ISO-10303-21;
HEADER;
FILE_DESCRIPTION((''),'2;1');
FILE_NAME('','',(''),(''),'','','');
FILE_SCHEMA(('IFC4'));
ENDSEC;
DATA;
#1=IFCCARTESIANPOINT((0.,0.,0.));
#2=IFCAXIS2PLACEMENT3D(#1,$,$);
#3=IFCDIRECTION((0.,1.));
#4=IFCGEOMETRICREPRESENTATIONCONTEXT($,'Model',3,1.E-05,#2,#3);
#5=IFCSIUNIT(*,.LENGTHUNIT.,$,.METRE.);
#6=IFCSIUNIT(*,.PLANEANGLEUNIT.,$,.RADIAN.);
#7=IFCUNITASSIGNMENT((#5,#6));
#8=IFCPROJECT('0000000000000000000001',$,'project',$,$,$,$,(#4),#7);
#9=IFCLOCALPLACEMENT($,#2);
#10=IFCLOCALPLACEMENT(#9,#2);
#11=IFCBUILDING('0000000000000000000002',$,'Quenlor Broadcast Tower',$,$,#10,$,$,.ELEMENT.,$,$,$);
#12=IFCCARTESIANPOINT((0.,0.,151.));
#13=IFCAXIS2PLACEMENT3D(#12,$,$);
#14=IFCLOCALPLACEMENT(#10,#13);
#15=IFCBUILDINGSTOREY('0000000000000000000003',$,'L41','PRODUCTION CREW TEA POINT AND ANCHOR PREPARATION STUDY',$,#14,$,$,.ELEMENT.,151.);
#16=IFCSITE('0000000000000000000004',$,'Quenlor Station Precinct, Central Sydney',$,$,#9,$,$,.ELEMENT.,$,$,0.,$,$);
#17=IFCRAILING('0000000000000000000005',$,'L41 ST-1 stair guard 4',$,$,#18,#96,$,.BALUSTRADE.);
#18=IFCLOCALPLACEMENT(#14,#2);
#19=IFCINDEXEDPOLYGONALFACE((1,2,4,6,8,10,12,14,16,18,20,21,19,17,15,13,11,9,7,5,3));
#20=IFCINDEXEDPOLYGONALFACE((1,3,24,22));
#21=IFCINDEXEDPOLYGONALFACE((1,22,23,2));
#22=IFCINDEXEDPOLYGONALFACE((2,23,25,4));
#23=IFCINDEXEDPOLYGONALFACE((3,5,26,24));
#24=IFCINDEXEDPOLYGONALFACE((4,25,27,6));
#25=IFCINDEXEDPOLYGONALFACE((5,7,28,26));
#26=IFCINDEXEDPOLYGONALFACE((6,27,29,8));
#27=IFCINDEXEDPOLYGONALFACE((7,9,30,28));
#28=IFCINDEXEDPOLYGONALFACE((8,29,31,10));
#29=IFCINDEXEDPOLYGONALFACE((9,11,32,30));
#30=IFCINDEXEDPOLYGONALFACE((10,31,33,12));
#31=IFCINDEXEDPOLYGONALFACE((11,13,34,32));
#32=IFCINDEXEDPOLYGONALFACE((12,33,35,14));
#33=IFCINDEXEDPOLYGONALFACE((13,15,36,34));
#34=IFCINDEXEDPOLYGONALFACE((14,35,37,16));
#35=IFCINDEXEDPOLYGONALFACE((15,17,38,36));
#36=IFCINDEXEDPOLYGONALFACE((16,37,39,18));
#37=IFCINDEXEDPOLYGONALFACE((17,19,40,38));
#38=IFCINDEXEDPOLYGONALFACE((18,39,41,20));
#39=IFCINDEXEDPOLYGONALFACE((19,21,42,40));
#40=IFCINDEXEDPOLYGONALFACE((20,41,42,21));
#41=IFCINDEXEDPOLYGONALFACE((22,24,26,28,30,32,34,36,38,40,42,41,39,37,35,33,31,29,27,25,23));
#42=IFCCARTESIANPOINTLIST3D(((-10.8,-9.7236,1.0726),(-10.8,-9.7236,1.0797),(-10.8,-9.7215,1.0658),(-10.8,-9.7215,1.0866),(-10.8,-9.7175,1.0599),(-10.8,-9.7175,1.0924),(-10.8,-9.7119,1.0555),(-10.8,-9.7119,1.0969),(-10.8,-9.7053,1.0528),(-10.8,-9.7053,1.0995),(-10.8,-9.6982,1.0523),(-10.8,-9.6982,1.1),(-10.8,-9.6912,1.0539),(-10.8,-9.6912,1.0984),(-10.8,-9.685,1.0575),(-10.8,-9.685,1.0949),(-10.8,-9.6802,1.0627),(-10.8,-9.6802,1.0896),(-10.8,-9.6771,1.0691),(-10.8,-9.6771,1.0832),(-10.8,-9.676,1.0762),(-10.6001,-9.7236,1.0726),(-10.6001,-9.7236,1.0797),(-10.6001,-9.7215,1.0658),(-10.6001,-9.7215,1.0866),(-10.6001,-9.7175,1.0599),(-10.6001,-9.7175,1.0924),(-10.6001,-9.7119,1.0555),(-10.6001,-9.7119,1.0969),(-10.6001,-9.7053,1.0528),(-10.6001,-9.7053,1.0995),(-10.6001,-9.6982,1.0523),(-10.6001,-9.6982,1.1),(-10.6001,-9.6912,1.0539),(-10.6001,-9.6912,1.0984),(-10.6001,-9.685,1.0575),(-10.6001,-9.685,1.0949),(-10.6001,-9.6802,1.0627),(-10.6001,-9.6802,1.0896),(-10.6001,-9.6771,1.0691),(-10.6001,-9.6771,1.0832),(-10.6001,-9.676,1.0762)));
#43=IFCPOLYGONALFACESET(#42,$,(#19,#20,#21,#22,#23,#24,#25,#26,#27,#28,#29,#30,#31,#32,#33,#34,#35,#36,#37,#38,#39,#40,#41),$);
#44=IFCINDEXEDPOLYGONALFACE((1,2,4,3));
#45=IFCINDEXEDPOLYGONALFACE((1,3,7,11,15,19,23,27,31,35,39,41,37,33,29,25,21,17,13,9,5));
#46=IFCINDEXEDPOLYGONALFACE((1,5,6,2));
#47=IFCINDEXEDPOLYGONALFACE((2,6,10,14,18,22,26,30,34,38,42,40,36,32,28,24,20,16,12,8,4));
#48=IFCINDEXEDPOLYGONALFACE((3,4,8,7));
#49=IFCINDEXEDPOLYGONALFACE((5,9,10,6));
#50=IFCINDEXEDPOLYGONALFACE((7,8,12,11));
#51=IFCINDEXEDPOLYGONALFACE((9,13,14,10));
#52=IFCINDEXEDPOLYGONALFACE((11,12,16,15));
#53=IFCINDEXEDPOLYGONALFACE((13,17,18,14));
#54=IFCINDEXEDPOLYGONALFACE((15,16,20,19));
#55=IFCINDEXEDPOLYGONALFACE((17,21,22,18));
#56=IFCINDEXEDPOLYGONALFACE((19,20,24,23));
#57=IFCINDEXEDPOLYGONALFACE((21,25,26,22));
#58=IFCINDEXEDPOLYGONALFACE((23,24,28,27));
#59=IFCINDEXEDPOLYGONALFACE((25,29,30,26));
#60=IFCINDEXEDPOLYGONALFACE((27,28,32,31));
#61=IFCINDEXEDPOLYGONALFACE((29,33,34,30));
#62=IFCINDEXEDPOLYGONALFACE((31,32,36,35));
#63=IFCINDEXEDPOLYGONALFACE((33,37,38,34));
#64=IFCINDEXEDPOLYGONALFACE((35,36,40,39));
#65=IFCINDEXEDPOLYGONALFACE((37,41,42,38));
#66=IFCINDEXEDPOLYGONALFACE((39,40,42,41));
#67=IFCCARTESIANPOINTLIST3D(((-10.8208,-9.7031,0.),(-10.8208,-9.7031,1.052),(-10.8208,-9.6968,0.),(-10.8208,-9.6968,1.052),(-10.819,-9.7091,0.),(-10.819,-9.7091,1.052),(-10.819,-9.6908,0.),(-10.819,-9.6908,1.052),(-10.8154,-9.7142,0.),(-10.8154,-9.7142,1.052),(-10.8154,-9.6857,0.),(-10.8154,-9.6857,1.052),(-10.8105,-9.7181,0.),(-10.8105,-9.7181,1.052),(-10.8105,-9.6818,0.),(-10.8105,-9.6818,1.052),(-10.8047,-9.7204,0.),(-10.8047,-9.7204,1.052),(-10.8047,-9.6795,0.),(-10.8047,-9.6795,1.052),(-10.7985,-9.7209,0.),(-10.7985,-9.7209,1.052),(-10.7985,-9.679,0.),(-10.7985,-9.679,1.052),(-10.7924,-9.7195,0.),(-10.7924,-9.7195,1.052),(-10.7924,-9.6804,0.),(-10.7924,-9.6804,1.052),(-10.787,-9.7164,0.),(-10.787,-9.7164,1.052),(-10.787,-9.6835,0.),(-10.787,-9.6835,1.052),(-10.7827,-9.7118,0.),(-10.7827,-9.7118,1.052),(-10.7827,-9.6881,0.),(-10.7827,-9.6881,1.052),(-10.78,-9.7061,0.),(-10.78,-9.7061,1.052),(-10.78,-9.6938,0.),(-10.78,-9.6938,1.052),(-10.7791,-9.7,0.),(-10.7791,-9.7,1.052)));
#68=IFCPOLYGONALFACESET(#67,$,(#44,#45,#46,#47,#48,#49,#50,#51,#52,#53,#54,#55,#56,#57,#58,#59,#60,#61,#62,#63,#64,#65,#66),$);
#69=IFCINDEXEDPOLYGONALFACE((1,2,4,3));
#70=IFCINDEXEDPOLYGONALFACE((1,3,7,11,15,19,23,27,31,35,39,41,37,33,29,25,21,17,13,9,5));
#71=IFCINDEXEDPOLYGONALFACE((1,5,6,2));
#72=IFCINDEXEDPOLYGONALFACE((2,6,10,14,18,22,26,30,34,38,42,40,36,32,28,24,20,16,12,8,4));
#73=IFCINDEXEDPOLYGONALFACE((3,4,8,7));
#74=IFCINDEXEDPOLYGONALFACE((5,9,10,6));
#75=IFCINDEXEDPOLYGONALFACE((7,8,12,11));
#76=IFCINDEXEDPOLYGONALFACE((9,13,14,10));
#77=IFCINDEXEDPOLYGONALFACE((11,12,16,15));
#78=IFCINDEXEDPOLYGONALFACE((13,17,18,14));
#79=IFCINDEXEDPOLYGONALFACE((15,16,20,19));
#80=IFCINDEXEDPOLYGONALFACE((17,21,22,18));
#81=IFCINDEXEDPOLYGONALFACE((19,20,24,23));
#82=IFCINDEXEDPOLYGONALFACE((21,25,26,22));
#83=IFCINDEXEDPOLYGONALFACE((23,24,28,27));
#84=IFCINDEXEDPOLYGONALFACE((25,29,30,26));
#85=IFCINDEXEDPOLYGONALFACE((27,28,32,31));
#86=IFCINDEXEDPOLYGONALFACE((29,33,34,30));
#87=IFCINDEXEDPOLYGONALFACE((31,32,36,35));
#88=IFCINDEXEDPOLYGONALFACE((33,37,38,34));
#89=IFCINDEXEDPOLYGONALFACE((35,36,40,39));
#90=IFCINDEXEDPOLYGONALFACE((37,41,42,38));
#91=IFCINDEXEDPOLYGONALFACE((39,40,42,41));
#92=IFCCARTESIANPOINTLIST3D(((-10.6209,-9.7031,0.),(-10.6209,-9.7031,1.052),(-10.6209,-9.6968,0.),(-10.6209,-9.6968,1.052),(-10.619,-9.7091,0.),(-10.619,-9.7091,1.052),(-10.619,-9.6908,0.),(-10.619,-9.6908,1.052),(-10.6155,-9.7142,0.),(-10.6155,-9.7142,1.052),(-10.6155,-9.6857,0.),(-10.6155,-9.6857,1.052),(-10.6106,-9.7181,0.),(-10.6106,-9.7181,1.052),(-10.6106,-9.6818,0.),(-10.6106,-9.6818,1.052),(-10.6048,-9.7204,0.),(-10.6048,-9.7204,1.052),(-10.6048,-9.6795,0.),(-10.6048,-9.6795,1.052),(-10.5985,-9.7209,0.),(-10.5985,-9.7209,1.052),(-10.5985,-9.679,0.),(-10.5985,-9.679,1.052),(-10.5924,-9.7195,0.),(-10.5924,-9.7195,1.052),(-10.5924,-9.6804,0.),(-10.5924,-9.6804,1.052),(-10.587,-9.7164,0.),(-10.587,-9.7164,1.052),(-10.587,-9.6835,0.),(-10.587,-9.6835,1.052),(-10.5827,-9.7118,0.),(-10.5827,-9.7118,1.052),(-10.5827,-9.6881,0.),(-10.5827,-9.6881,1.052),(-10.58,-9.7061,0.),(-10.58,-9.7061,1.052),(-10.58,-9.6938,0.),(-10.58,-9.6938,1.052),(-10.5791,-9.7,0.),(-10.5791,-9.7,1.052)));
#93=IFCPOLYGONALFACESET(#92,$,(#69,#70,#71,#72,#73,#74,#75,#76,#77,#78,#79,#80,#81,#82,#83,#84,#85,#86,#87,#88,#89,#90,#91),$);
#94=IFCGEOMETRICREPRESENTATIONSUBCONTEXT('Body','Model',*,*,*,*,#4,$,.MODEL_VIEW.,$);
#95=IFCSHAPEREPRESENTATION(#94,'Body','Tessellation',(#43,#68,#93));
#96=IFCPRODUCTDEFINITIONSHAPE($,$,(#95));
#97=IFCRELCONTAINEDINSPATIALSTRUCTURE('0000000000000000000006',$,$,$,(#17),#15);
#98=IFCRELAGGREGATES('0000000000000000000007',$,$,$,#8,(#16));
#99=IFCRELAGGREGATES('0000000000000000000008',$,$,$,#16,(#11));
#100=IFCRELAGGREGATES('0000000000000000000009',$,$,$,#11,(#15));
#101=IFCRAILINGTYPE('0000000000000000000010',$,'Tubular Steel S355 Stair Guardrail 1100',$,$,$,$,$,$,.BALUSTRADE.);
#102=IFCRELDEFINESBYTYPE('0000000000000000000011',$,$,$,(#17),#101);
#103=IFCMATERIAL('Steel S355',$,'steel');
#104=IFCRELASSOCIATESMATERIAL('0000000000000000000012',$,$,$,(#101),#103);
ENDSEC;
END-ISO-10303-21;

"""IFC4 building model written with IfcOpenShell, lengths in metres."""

from ifc_helpers import new_model, si_unit, direction, frame, origin, origin_2d, place, context, subcontext, project, spatial, circle, extrude, material, type_object, element, save


model = new_model("IFC4")

# Units and contexts
model_context = context("Model", 3, precision=1e-05, world=origin(), true_north=direction((0.0, 1.0)))
body_context = subcontext(model_context, "Body", "Model", "MODEL_VIEW")
ifc_project = project(units=[si_unit("LENGTHUNIT", "METRE"), si_unit("PLANEANGLEUNIT", "RADIAN")], contexts=[model_context])

# Site, building, storey
site_placement = place(None, origin())
site = spatial("IfcSite", under=ifc_project, at=site_placement, Name="Quenlor Station Precinct, Central Sydney", CompositionType="ELEMENT", RefElevation=0.0)
building_placement = place(site_placement, origin())
building = spatial("IfcBuilding", under=site, at=building_placement, Name="Quenlor Broadcast Tower", CompositionType="ELEMENT")
storey_placement = place(building_placement, frame((0.0, 0.0, 151.0)))
storey = spatial("IfcBuildingStorey", under=building, at=storey_placement, Name="L41", Description="PRODUCTION CREW TEA POINT AND ANCHOR PREPARATION STUDY", CompositionType="ELEMENT", Elevation=151.0)

# Railing
ifc_material_1 = material(Name="Steel S355", Category="steel")
railing_type_1 = type_object("IfcRailingType", Name="Tubular Steel S355 Stair Guardrail 1100", PredefinedType="BALUSTRADE", material=ifc_material_1)
railing_1_placement = place(storey_placement, frame((-10.8, -9.7, 0.0)))
element("IfcRailing", 1, at=railing_1_placement, inside=storey, type_object=railing_type_1, Name="L41 ST-1 stair guard 4", PredefinedType="BALUSTRADE", context=body_context, shape_type="SweptSolid", body=[
    extrude(circle(Radius=0.0239, at=origin_2d()), frame((0.0, 0.0, 1.0762), z_axis=(1.0, 0.0, 0.0), x_axis=(0.0, 1.0, 0.0)), (0.0, 0.0, 1.0), 0.2),
    extrude(circle(Radius=0.021, at=origin_2d()), origin(), (0.0, 0.0, 1.0), 1.052),
    extrude(circle(Radius=0.021, at=origin_2d()), frame((0.2, 0.0, 0.0)), (0.0, 0.0, 1.0), 1.052),
])

save(model, "model.ifc")
